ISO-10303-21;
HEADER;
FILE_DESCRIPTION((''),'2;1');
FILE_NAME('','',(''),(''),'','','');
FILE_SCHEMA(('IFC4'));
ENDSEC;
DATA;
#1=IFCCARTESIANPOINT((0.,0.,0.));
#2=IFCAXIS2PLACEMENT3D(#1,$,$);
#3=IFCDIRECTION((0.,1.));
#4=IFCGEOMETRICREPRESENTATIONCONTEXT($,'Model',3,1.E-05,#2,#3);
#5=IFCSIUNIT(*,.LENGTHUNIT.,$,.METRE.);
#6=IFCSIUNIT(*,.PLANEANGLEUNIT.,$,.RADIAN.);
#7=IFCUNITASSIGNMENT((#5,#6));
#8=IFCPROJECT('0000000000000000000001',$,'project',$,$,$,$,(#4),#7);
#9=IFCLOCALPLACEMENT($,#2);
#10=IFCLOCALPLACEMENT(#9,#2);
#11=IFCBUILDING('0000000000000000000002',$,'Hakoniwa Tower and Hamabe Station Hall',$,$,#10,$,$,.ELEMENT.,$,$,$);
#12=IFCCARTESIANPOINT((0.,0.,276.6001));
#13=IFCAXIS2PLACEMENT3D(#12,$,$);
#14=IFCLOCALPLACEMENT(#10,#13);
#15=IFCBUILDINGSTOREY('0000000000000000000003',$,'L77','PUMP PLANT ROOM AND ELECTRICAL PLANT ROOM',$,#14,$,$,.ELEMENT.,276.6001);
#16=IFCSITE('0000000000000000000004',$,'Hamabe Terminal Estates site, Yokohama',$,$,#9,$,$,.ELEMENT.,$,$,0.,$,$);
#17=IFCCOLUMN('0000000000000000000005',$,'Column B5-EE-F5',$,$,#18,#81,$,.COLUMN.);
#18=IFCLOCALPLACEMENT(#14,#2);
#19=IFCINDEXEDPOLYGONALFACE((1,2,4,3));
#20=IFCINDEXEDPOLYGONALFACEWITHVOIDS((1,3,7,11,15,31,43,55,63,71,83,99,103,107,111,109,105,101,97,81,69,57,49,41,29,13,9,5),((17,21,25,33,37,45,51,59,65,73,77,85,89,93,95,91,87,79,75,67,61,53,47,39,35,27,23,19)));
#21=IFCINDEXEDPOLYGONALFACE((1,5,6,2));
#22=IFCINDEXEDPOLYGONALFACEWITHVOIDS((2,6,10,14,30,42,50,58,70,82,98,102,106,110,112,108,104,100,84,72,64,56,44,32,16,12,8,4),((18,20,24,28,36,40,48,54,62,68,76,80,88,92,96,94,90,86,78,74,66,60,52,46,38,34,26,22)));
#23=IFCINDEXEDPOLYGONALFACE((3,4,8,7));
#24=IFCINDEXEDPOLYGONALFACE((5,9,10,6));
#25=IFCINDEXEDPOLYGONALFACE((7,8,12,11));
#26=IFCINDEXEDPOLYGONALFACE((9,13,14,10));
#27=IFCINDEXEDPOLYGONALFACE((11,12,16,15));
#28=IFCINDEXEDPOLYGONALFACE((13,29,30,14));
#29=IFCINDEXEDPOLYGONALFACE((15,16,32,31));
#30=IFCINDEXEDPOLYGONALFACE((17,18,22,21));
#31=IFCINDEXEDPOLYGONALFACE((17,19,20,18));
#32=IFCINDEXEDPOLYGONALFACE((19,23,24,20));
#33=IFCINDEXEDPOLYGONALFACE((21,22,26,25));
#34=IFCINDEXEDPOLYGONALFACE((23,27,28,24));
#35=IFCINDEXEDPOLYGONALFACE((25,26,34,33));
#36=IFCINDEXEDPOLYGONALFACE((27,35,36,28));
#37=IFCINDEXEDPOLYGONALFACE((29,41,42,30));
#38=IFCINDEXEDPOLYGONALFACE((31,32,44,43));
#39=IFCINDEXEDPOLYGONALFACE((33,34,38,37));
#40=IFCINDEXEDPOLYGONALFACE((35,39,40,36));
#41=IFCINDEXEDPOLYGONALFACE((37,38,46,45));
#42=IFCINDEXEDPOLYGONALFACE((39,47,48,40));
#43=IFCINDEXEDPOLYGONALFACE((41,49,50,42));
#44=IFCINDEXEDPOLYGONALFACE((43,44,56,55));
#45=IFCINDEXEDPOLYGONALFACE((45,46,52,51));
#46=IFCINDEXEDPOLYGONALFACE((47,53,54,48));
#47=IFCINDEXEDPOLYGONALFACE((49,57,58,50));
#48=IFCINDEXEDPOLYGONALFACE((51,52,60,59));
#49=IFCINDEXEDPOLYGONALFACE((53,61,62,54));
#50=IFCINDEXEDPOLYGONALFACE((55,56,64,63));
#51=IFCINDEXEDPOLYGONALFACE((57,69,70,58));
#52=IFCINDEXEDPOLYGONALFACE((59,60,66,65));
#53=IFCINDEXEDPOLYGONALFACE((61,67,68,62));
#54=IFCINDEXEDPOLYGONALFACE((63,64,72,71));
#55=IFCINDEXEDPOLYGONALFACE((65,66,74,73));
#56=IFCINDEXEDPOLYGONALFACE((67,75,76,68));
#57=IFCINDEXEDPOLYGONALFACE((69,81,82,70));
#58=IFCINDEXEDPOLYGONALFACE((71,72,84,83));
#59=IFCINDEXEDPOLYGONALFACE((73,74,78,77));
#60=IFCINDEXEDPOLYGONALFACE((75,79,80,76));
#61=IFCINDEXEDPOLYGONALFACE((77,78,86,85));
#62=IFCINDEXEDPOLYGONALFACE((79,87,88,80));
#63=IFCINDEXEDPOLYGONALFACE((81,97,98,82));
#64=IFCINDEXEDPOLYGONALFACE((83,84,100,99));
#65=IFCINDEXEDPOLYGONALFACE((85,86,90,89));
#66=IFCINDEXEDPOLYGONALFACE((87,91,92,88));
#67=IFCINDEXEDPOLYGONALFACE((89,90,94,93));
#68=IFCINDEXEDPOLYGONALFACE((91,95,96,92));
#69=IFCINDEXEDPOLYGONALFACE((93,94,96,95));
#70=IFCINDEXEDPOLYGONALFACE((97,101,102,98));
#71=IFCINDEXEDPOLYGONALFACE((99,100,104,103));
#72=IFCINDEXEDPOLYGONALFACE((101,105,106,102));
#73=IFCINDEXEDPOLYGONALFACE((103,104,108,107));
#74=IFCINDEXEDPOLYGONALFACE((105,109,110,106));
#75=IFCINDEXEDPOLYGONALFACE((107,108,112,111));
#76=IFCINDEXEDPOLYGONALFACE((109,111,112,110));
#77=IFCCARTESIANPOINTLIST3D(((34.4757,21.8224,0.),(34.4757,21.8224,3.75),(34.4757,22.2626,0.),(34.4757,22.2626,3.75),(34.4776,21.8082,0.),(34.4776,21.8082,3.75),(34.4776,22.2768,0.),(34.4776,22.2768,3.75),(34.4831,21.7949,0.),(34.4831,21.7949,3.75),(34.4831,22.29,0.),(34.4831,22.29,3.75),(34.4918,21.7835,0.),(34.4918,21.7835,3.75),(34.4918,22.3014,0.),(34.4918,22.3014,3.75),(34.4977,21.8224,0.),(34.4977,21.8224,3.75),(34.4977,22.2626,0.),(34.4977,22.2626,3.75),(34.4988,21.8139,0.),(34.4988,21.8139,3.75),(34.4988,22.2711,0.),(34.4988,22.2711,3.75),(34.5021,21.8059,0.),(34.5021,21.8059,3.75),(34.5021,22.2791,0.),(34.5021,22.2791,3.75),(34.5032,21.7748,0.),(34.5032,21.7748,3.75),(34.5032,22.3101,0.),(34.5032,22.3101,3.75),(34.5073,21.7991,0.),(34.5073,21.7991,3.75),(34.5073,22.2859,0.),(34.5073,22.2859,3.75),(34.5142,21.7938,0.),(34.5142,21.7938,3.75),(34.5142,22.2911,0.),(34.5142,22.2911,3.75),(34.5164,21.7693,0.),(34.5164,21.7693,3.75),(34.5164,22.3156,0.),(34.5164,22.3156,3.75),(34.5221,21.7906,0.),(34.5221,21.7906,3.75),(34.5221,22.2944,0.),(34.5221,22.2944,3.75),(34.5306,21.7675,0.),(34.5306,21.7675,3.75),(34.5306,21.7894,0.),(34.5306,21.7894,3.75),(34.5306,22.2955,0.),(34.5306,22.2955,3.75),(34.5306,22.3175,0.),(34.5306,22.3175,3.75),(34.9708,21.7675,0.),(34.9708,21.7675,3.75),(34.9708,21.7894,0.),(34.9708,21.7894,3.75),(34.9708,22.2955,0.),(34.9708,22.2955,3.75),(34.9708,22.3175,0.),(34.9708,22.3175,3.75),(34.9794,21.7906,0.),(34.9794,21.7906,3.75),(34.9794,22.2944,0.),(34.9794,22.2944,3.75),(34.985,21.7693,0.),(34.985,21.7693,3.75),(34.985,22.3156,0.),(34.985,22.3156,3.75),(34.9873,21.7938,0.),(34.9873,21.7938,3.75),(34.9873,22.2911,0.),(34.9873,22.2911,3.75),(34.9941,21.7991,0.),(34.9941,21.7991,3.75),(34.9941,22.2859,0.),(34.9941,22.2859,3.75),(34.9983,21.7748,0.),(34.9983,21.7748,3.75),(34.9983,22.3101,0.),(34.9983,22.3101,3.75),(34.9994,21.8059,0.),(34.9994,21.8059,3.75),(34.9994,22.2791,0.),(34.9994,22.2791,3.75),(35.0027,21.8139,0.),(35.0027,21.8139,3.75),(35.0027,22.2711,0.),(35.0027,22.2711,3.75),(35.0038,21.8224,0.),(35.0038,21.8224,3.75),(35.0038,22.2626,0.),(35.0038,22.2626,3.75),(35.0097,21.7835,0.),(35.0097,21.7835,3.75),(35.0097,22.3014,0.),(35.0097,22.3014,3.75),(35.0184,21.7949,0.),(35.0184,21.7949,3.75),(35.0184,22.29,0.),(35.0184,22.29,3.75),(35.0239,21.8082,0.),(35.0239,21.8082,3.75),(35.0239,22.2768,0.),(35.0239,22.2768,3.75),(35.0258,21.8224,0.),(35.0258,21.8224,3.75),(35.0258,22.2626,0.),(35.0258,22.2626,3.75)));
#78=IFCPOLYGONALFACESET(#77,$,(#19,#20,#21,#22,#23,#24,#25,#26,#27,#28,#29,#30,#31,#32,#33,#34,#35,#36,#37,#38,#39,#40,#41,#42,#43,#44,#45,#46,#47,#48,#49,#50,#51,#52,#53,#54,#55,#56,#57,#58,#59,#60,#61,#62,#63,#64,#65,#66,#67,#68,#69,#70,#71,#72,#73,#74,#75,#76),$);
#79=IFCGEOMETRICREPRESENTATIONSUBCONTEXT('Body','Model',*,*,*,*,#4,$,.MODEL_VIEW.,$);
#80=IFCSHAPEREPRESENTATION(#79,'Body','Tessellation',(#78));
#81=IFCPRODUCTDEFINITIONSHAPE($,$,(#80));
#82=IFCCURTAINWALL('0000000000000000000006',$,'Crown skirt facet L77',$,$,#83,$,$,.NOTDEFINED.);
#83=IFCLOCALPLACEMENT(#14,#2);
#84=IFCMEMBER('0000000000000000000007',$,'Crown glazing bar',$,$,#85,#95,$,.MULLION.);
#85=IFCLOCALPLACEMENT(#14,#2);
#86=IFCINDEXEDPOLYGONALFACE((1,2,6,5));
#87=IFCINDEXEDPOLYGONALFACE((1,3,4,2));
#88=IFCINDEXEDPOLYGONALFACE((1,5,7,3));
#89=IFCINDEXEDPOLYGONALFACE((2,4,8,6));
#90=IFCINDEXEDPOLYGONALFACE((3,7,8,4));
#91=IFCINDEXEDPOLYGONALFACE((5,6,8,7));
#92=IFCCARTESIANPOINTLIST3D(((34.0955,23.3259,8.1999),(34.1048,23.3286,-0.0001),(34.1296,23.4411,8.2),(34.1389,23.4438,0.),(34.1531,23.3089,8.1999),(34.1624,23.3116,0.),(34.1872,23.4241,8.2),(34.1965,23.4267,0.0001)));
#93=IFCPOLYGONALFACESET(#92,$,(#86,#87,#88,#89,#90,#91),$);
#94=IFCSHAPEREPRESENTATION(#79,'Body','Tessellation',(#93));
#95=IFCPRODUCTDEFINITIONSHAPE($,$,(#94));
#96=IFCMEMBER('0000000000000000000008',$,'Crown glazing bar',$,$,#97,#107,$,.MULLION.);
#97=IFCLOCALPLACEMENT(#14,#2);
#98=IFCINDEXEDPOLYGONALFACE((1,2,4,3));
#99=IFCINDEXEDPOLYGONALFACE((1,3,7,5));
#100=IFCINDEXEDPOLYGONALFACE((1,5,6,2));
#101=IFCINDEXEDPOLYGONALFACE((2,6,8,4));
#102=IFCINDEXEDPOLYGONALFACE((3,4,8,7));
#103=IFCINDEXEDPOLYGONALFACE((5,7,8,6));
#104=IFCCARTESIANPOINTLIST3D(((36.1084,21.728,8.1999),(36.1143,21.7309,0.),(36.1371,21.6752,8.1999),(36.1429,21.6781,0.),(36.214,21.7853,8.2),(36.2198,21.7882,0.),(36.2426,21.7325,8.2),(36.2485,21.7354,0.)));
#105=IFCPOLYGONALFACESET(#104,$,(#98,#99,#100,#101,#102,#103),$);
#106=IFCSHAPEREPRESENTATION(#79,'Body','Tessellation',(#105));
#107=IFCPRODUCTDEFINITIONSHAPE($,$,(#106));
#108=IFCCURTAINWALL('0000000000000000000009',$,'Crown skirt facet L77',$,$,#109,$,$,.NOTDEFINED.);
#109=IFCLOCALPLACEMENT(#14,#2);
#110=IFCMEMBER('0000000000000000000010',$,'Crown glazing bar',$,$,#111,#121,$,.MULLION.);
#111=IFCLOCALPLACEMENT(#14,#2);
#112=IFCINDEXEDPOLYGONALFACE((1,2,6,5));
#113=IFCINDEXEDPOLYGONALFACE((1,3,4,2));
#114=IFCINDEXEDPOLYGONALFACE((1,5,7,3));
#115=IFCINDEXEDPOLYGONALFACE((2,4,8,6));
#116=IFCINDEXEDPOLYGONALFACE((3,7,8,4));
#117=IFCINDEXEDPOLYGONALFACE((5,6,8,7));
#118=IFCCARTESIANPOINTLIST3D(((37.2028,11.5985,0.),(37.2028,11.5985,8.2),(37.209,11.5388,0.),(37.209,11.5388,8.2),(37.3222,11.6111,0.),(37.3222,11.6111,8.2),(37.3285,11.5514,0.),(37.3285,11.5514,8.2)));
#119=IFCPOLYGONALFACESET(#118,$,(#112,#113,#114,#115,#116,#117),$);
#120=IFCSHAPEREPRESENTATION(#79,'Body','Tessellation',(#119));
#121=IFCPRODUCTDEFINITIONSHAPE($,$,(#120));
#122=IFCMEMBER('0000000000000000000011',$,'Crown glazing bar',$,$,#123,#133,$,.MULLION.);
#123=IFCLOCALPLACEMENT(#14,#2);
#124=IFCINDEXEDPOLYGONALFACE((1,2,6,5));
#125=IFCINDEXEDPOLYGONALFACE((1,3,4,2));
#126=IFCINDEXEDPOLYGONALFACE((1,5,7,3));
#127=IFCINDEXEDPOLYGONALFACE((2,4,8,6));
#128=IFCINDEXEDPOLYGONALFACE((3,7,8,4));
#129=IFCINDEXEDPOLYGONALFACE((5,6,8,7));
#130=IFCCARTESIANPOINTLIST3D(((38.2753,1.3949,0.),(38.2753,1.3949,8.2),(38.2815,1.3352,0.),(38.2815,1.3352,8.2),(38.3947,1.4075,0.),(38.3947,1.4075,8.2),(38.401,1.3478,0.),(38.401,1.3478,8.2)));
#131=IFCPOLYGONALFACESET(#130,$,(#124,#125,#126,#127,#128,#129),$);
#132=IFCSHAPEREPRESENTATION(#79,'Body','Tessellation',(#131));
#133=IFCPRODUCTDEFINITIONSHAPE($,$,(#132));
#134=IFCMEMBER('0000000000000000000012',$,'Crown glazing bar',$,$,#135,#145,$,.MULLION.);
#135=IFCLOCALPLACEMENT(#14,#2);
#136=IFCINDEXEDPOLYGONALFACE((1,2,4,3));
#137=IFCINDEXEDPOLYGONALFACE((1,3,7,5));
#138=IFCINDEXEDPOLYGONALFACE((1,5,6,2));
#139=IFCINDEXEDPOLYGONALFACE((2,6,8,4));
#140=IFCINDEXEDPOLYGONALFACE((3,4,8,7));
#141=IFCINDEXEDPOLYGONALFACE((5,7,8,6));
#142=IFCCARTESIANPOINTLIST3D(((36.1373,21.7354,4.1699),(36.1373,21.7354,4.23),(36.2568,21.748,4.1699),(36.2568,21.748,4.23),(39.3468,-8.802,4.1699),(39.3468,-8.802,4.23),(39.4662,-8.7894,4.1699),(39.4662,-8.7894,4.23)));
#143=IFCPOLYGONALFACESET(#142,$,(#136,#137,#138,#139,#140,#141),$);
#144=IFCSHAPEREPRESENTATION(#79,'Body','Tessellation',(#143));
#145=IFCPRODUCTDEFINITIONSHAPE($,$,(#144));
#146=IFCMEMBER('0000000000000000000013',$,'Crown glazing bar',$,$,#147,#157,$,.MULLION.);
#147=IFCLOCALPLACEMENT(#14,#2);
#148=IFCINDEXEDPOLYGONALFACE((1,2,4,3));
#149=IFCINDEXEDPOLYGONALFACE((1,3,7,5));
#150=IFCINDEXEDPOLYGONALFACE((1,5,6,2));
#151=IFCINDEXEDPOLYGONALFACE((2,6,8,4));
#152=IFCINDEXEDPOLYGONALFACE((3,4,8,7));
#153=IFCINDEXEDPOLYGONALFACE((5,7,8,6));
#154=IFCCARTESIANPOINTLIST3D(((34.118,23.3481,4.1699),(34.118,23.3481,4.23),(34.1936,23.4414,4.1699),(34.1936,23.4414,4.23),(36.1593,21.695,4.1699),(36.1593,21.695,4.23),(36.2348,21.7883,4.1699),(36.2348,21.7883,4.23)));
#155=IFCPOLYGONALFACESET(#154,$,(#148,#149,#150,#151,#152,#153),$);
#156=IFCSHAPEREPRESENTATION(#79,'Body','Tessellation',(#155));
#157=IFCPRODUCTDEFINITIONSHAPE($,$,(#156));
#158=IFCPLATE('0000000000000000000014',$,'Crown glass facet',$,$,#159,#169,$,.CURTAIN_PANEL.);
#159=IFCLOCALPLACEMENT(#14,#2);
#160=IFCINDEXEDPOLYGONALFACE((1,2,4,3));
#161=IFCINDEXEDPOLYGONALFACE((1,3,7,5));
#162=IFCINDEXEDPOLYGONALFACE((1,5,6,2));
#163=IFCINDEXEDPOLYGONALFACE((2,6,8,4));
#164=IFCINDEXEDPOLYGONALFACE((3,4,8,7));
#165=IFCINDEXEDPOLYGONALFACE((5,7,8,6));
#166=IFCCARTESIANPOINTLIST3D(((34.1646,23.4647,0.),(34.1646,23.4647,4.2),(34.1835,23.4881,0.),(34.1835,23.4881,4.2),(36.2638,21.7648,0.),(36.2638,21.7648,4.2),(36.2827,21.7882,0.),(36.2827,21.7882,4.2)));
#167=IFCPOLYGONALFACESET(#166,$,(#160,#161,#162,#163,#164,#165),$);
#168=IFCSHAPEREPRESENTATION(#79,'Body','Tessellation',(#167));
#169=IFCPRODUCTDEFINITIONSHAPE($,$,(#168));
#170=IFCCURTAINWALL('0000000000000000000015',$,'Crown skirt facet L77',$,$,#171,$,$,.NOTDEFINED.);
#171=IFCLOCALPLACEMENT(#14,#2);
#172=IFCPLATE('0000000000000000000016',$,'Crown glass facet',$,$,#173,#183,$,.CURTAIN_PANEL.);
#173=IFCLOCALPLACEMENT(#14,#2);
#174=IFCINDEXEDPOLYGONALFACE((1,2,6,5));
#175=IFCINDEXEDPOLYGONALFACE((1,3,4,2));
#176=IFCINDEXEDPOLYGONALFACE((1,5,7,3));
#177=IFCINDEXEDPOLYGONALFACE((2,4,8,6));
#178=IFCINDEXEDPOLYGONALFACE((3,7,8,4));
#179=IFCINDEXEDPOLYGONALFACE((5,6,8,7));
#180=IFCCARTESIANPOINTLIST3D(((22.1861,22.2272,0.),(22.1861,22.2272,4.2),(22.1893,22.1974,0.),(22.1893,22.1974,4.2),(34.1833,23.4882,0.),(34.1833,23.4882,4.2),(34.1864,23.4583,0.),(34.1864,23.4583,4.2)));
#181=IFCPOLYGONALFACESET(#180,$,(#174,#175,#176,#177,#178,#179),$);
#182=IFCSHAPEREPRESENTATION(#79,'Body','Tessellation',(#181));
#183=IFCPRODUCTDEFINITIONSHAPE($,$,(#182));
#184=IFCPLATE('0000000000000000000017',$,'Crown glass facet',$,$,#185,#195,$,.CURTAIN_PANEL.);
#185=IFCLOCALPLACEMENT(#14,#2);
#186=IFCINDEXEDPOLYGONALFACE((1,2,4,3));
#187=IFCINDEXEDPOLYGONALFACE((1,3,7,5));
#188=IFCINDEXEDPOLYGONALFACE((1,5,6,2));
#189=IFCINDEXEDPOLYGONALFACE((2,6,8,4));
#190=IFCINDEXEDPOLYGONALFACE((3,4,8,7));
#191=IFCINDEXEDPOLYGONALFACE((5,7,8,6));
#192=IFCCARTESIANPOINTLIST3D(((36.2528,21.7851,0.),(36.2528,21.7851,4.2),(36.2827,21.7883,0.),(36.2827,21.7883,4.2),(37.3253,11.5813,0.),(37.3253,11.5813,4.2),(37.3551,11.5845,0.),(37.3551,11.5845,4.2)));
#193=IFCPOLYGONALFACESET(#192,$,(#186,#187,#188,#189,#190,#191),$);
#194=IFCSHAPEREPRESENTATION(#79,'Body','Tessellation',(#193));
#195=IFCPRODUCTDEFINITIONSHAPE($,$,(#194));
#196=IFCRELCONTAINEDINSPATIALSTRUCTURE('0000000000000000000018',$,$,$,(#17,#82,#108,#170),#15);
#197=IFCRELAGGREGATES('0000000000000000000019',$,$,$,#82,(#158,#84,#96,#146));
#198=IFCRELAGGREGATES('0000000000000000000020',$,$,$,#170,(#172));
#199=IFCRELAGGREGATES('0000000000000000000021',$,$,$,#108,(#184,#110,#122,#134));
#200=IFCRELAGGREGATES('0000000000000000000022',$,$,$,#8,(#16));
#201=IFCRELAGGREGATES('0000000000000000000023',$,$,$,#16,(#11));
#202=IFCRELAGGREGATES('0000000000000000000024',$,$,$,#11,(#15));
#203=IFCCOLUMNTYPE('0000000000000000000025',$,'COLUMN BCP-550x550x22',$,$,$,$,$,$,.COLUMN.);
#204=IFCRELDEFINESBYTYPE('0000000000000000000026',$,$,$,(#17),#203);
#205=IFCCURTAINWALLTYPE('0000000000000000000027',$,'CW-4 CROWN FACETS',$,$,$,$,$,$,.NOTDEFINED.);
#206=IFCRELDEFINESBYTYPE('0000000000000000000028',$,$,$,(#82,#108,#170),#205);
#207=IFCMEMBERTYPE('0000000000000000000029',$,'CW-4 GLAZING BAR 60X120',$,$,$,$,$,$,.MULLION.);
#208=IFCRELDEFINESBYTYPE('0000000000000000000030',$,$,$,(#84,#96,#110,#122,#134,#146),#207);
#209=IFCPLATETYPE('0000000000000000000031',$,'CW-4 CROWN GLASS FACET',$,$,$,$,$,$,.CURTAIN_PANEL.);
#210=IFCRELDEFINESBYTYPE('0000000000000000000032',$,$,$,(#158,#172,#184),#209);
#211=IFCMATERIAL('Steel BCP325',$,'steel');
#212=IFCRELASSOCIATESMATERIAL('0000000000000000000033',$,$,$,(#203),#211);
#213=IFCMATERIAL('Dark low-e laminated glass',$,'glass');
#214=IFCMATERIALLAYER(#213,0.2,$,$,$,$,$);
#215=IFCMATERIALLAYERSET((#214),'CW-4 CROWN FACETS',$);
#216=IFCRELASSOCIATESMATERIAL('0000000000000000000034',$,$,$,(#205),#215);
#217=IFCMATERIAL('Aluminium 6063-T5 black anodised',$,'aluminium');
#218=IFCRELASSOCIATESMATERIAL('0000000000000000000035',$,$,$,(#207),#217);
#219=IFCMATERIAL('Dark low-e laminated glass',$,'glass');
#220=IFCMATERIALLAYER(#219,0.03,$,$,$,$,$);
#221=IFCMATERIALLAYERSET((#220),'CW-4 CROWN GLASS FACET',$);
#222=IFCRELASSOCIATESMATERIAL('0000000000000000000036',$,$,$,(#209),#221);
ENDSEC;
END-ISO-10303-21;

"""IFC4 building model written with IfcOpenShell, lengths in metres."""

from ifc_helpers import new_model, si_unit, direction, frame, origin, origin_2d, place, context, subcontext, project, spatial, rectangle, hollow_rectangle, extrude, material, layer, layer_set, material_profile, profile_set, type_object, element, aggregate, save


model = new_model("IFC4")

# Units and contexts
model_context = context("Model", 3, precision=1e-05, world=origin(), true_north=direction((0.0, 1.0)))
body_context = subcontext(model_context, "Body", "Model", "MODEL_VIEW")
ifc_project = project(units=[si_unit("LENGTHUNIT", "METRE"), si_unit("PLANEANGLEUNIT", "RADIAN")], contexts=[model_context])

# Site, building, storey
site_placement = place(None, origin())
site = spatial("IfcSite", under=ifc_project, at=site_placement, Name="Hamabe Terminal Estates site, Yokohama", CompositionType="ELEMENT", RefElevation=0.0)
building_placement = place(site_placement, origin())
building = spatial("IfcBuilding", under=site, at=building_placement, Name="Hakoniwa Tower and Hamabe Station Hall", CompositionType="ELEMENT")
storey_placement = place(building_placement, frame((0.0, 0.0, 276.6001)))
storey = spatial("IfcBuildingStorey", under=building, at=storey_placement, Name="L77", Description="PUMP PLANT ROOM AND ELECTRICAL PLANT ROOM", CompositionType="ELEMENT", Elevation=276.6001)

# Column
ifc_material_1 = material(Name="Steel BCP325", Category="steel")
ifc_material_profile_1 = material_profile(ifc_material_1, hollow_rectangle(XDim=0.55, YDim=0.55, WallThickness=0.022, InnerFilletRadius=0.033, OuterFilletRadius=0.0549, at=origin_2d()), Name="BCP-550x550x22")
ifc_profile_set_1 = profile_set([ifc_material_profile_1], Name="Steel BCP325")
column_type = type_object("IfcColumnType", Name="COLUMN BCP-550x550x22", PredefinedType="COLUMN", material=ifc_profile_set_1)
for number, where, z_axis, x_axis, name in (
    (1, (34.7507, 22.0425, 0.0), (0.0, 0.0, 1.0), (1.0, 0.0, 0.0), "Column B5-EE-F5"),
):
    element("IfcColumn", number, at=place(storey_placement, frame(where, z_axis=z_axis, x_axis=x_axis)), inside=storey, type_object=column_type, Name=name, PredefinedType="COLUMN", context=body_context, shape_type="SweptSolid", body=[
        extrude(hollow_rectangle(XDim=0.55, YDim=0.55, WallThickness=0.022, InnerFilletRadius=0.033, OuterFilletRadius=0.0549, at=origin_2d()), origin(), (0.0, 0.0, 1.0), 3.75),
    ])

# Curtain walls, members
ifc_material_2 = material(Name="Dark low-e laminated glass", Category="glass")
ifc_layer_1 = layer(ifc_material_2, 0.2)
ifc_layer_set_1 = layer_set([ifc_layer_1], Name="CW-4 CROWN FACETS")
curtain_wall_type = type_object("IfcCurtainWallType", Name="CW-4 CROWN FACETS", PredefinedType="NOTDEFINED", material=ifc_layer_set_1)
curtain_wall_1_placement = place(storey_placement, origin())
curtain_wall_1 = element("IfcCurtainWall", 2, at=curtain_wall_1_placement, inside=storey, type_object=curtain_wall_type, Name="Crown skirt facet L77", PredefinedType="NOTDEFINED")
ifc_material_3 = material(Name="Aluminium 6063-T5 black anodised", Category="aluminium")
ifc_material_profile_2 = material_profile(ifc_material_3, rectangle(XDim=0.0601, YDim=0.1201, at=origin_2d()), Name="CW-4 GLAZING BAR 60X120")
ifc_profile_set_2 = profile_set([ifc_material_profile_2], Name="Aluminium 6063-T5 black anodised")
member_type = type_object("IfcMemberType", Name="CW-4 GLAZING BAR 60X120", PredefinedType="MULLION", material=ifc_profile_set_2)
member_1_placement = place(storey_placement, frame((34.1506, 23.3777, 0.0), z_axis=(-0.001131, -0.000328, 0.999999), x_axis=(0.95882, -0.284015, -0.000093)))
member_1 = element("IfcMember", 3, at=member_1_placement, type_object=member_type, Name="Crown glazing bar", PredefinedType="MULLION", context=body_context, shape_type="SweptSolid", body=[
    extrude(rectangle(XDim=0.0601, YDim=0.1201, at=origin_2d()), origin(), (0.0, 0.0, 1.0), 8.2),
])
member_2_placement = place(storey_placement, frame((36.1814, 21.7332, 0.0), z_axis=(-0.000715, -0.000357, 1.0), x_axis=(0.477159, -0.878817, -0.000314)))
member_2 = element("IfcMember", 4, at=member_2_placement, type_object=member_type, Name="Crown glazing bar", PredefinedType="MULLION", context=body_context, shape_type="SweptSolid", body=[
    extrude(rectangle(XDim=0.0601, YDim=0.1201, at=origin_2d()), origin(), (0.0, 0.0, 1.0), 8.2),
])
curtain_wall_2_placement = place(storey_placement, origin())
curtain_wall_2 = element("IfcCurtainWall", 5, at=curtain_wall_2_placement, inside=storey, type_object=curtain_wall_type, Name="Crown skirt facet L77", PredefinedType="NOTDEFINED")
member_3_placement = place(storey_placement, frame((37.2656, 11.575, 0.0), z_axis=(0.0, 0.0, 1.0), x_axis=(0.104528, -0.994522, 0.0)))
member_3 = element("IfcMember", 6, at=member_3_placement, type_object=member_type, Name="Crown glazing bar", PredefinedType="MULLION", context=body_context, shape_type="SweptSolid", body=[
    extrude(rectangle(XDim=0.0601, YDim=0.1201, at=origin_2d()), origin(), (0.0, 0.0, 1.0), 8.2),
])
member_4_placement = place(storey_placement, frame((38.3381, 1.3713, 0.0), z_axis=(0.0, 0.0, 1.0), x_axis=(0.104528, -0.994522, 0.0)))
member_4 = element("IfcMember", 7, at=member_4_placement, type_object=member_type, Name="Crown glazing bar", PredefinedType="MULLION", context=body_context, shape_type="SweptSolid", body=[
    extrude(rectangle(XDim=0.0601, YDim=0.1201, at=origin_2d()), origin(), (0.0, 0.0, 1.0), 8.2),
])
member_5_placement = place(storey_placement, frame((36.197, 21.7417, 4.2), z_axis=(0.104524, -0.994522, 0.0), x_axis=(0.0, 0.0, -1.0)))
member_5 = element("IfcMember", 8, at=member_5_placement, type_object=member_type, Name="Crown glazing bar", PredefinedType="MULLION", context=body_context, shape_type="SweptSolid", body=[
    extrude(rectangle(XDim=0.0601, YDim=0.1201, at=origin_2d()), origin(), (0.0, 0.0, 1.0), 30.7056),
])

# Member
member_6_placement = place(storey_placement, frame((34.1558, 23.3948, 4.2), z_axis=(0.777128, -0.629343, 0.0), x_axis=(0.0, 0.0, -1.0)))
member_6 = element("IfcMember", 9, at=member_6_placement, type_object=member_type, Name="Crown glazing bar", PredefinedType="MULLION", context=body_context, shape_type="SweptSolid", body=[
    extrude(rectangle(XDim=0.0601, YDim=0.1201, at=origin_2d()), origin(), (0.0, 0.0, 1.0), 2.6267),
])

# Plate
ifc_material_4 = material(Name="Dark low-e laminated glass", Category="glass")
ifc_layer_2 = layer(ifc_material_4, 0.03)
ifc_layer_set_2 = layer_set([ifc_layer_2], Name="CW-4 CROWN GLASS FACET")
plate_type = type_object("IfcPlateType", Name="CW-4 CROWN GLASS FACET", PredefinedType="CURTAIN_PANEL", material=ifc_layer_set_2)
plate_1_placement = place(storey_placement, frame((35.2236, 22.6265, 0.0), z_axis=(0.0, 0.0, 1.0), x_axis=(-0.777146, 0.62932, 0.0)))
plate_1 = element("IfcPlate", 10, at=plate_1_placement, type_object=plate_type, Name="Crown glass facet", PredefinedType="CURTAIN_PANEL", context=body_context, shape_type="SweptSolid", body=[
    extrude(rectangle(XDim=2.7012, YDim=0.03, at=origin_2d()), origin(), (0.0, 0.0, 1.0), 4.2),
])
aggregate(curtain_wall_1, [plate_1, member_1, member_2, member_6])

# Curtain wall, plate
curtain_wall_3_placement = place(storey_placement, origin())
curtain_wall_3 = element("IfcCurtainWall", 11, at=curtain_wall_3_placement, inside=storey, type_object=curtain_wall_type, Name="Crown skirt facet L77", PredefinedType="NOTDEFINED")
plate_2_placement = place(storey_placement, frame((28.1863, 22.8428, 0.0), z_axis=(0.0, 0.0, 1.0), x_axis=(-0.994522, -0.104528, 0.0)))
plate_2 = element("IfcPlate", 12, at=plate_2_placement, type_object=plate_type, Name="Crown glass facet", PredefinedType="CURTAIN_PANEL", context=body_context, shape_type="SweptSolid", body=[
    extrude(rectangle(XDim=12.0632, YDim=0.03, at=origin_2d()), origin(), (0.0, 0.0, 1.0), 4.2),
])
aggregate(curtain_wall_3, [plate_2])

# Plate
plate_3_placement = place(storey_placement, frame((36.804, 16.6848, 0.0), z_axis=(0.0, 0.0, 1.0), x_axis=(-0.104528, 0.994522, 0.0)))
plate_3 = element("IfcPlate", 13, at=plate_3_placement, type_object=plate_type, Name="Crown glass facet", PredefinedType="CURTAIN_PANEL", context=body_context, shape_type="SweptSolid", body=[
    extrude(rectangle(XDim=10.26, YDim=0.03, at=origin_2d()), origin(), (0.0, 0.0, 1.0), 4.2),
])
aggregate(curtain_wall_2, [plate_3, member_3, member_4, member_5])

save(model, "model.ifc")
